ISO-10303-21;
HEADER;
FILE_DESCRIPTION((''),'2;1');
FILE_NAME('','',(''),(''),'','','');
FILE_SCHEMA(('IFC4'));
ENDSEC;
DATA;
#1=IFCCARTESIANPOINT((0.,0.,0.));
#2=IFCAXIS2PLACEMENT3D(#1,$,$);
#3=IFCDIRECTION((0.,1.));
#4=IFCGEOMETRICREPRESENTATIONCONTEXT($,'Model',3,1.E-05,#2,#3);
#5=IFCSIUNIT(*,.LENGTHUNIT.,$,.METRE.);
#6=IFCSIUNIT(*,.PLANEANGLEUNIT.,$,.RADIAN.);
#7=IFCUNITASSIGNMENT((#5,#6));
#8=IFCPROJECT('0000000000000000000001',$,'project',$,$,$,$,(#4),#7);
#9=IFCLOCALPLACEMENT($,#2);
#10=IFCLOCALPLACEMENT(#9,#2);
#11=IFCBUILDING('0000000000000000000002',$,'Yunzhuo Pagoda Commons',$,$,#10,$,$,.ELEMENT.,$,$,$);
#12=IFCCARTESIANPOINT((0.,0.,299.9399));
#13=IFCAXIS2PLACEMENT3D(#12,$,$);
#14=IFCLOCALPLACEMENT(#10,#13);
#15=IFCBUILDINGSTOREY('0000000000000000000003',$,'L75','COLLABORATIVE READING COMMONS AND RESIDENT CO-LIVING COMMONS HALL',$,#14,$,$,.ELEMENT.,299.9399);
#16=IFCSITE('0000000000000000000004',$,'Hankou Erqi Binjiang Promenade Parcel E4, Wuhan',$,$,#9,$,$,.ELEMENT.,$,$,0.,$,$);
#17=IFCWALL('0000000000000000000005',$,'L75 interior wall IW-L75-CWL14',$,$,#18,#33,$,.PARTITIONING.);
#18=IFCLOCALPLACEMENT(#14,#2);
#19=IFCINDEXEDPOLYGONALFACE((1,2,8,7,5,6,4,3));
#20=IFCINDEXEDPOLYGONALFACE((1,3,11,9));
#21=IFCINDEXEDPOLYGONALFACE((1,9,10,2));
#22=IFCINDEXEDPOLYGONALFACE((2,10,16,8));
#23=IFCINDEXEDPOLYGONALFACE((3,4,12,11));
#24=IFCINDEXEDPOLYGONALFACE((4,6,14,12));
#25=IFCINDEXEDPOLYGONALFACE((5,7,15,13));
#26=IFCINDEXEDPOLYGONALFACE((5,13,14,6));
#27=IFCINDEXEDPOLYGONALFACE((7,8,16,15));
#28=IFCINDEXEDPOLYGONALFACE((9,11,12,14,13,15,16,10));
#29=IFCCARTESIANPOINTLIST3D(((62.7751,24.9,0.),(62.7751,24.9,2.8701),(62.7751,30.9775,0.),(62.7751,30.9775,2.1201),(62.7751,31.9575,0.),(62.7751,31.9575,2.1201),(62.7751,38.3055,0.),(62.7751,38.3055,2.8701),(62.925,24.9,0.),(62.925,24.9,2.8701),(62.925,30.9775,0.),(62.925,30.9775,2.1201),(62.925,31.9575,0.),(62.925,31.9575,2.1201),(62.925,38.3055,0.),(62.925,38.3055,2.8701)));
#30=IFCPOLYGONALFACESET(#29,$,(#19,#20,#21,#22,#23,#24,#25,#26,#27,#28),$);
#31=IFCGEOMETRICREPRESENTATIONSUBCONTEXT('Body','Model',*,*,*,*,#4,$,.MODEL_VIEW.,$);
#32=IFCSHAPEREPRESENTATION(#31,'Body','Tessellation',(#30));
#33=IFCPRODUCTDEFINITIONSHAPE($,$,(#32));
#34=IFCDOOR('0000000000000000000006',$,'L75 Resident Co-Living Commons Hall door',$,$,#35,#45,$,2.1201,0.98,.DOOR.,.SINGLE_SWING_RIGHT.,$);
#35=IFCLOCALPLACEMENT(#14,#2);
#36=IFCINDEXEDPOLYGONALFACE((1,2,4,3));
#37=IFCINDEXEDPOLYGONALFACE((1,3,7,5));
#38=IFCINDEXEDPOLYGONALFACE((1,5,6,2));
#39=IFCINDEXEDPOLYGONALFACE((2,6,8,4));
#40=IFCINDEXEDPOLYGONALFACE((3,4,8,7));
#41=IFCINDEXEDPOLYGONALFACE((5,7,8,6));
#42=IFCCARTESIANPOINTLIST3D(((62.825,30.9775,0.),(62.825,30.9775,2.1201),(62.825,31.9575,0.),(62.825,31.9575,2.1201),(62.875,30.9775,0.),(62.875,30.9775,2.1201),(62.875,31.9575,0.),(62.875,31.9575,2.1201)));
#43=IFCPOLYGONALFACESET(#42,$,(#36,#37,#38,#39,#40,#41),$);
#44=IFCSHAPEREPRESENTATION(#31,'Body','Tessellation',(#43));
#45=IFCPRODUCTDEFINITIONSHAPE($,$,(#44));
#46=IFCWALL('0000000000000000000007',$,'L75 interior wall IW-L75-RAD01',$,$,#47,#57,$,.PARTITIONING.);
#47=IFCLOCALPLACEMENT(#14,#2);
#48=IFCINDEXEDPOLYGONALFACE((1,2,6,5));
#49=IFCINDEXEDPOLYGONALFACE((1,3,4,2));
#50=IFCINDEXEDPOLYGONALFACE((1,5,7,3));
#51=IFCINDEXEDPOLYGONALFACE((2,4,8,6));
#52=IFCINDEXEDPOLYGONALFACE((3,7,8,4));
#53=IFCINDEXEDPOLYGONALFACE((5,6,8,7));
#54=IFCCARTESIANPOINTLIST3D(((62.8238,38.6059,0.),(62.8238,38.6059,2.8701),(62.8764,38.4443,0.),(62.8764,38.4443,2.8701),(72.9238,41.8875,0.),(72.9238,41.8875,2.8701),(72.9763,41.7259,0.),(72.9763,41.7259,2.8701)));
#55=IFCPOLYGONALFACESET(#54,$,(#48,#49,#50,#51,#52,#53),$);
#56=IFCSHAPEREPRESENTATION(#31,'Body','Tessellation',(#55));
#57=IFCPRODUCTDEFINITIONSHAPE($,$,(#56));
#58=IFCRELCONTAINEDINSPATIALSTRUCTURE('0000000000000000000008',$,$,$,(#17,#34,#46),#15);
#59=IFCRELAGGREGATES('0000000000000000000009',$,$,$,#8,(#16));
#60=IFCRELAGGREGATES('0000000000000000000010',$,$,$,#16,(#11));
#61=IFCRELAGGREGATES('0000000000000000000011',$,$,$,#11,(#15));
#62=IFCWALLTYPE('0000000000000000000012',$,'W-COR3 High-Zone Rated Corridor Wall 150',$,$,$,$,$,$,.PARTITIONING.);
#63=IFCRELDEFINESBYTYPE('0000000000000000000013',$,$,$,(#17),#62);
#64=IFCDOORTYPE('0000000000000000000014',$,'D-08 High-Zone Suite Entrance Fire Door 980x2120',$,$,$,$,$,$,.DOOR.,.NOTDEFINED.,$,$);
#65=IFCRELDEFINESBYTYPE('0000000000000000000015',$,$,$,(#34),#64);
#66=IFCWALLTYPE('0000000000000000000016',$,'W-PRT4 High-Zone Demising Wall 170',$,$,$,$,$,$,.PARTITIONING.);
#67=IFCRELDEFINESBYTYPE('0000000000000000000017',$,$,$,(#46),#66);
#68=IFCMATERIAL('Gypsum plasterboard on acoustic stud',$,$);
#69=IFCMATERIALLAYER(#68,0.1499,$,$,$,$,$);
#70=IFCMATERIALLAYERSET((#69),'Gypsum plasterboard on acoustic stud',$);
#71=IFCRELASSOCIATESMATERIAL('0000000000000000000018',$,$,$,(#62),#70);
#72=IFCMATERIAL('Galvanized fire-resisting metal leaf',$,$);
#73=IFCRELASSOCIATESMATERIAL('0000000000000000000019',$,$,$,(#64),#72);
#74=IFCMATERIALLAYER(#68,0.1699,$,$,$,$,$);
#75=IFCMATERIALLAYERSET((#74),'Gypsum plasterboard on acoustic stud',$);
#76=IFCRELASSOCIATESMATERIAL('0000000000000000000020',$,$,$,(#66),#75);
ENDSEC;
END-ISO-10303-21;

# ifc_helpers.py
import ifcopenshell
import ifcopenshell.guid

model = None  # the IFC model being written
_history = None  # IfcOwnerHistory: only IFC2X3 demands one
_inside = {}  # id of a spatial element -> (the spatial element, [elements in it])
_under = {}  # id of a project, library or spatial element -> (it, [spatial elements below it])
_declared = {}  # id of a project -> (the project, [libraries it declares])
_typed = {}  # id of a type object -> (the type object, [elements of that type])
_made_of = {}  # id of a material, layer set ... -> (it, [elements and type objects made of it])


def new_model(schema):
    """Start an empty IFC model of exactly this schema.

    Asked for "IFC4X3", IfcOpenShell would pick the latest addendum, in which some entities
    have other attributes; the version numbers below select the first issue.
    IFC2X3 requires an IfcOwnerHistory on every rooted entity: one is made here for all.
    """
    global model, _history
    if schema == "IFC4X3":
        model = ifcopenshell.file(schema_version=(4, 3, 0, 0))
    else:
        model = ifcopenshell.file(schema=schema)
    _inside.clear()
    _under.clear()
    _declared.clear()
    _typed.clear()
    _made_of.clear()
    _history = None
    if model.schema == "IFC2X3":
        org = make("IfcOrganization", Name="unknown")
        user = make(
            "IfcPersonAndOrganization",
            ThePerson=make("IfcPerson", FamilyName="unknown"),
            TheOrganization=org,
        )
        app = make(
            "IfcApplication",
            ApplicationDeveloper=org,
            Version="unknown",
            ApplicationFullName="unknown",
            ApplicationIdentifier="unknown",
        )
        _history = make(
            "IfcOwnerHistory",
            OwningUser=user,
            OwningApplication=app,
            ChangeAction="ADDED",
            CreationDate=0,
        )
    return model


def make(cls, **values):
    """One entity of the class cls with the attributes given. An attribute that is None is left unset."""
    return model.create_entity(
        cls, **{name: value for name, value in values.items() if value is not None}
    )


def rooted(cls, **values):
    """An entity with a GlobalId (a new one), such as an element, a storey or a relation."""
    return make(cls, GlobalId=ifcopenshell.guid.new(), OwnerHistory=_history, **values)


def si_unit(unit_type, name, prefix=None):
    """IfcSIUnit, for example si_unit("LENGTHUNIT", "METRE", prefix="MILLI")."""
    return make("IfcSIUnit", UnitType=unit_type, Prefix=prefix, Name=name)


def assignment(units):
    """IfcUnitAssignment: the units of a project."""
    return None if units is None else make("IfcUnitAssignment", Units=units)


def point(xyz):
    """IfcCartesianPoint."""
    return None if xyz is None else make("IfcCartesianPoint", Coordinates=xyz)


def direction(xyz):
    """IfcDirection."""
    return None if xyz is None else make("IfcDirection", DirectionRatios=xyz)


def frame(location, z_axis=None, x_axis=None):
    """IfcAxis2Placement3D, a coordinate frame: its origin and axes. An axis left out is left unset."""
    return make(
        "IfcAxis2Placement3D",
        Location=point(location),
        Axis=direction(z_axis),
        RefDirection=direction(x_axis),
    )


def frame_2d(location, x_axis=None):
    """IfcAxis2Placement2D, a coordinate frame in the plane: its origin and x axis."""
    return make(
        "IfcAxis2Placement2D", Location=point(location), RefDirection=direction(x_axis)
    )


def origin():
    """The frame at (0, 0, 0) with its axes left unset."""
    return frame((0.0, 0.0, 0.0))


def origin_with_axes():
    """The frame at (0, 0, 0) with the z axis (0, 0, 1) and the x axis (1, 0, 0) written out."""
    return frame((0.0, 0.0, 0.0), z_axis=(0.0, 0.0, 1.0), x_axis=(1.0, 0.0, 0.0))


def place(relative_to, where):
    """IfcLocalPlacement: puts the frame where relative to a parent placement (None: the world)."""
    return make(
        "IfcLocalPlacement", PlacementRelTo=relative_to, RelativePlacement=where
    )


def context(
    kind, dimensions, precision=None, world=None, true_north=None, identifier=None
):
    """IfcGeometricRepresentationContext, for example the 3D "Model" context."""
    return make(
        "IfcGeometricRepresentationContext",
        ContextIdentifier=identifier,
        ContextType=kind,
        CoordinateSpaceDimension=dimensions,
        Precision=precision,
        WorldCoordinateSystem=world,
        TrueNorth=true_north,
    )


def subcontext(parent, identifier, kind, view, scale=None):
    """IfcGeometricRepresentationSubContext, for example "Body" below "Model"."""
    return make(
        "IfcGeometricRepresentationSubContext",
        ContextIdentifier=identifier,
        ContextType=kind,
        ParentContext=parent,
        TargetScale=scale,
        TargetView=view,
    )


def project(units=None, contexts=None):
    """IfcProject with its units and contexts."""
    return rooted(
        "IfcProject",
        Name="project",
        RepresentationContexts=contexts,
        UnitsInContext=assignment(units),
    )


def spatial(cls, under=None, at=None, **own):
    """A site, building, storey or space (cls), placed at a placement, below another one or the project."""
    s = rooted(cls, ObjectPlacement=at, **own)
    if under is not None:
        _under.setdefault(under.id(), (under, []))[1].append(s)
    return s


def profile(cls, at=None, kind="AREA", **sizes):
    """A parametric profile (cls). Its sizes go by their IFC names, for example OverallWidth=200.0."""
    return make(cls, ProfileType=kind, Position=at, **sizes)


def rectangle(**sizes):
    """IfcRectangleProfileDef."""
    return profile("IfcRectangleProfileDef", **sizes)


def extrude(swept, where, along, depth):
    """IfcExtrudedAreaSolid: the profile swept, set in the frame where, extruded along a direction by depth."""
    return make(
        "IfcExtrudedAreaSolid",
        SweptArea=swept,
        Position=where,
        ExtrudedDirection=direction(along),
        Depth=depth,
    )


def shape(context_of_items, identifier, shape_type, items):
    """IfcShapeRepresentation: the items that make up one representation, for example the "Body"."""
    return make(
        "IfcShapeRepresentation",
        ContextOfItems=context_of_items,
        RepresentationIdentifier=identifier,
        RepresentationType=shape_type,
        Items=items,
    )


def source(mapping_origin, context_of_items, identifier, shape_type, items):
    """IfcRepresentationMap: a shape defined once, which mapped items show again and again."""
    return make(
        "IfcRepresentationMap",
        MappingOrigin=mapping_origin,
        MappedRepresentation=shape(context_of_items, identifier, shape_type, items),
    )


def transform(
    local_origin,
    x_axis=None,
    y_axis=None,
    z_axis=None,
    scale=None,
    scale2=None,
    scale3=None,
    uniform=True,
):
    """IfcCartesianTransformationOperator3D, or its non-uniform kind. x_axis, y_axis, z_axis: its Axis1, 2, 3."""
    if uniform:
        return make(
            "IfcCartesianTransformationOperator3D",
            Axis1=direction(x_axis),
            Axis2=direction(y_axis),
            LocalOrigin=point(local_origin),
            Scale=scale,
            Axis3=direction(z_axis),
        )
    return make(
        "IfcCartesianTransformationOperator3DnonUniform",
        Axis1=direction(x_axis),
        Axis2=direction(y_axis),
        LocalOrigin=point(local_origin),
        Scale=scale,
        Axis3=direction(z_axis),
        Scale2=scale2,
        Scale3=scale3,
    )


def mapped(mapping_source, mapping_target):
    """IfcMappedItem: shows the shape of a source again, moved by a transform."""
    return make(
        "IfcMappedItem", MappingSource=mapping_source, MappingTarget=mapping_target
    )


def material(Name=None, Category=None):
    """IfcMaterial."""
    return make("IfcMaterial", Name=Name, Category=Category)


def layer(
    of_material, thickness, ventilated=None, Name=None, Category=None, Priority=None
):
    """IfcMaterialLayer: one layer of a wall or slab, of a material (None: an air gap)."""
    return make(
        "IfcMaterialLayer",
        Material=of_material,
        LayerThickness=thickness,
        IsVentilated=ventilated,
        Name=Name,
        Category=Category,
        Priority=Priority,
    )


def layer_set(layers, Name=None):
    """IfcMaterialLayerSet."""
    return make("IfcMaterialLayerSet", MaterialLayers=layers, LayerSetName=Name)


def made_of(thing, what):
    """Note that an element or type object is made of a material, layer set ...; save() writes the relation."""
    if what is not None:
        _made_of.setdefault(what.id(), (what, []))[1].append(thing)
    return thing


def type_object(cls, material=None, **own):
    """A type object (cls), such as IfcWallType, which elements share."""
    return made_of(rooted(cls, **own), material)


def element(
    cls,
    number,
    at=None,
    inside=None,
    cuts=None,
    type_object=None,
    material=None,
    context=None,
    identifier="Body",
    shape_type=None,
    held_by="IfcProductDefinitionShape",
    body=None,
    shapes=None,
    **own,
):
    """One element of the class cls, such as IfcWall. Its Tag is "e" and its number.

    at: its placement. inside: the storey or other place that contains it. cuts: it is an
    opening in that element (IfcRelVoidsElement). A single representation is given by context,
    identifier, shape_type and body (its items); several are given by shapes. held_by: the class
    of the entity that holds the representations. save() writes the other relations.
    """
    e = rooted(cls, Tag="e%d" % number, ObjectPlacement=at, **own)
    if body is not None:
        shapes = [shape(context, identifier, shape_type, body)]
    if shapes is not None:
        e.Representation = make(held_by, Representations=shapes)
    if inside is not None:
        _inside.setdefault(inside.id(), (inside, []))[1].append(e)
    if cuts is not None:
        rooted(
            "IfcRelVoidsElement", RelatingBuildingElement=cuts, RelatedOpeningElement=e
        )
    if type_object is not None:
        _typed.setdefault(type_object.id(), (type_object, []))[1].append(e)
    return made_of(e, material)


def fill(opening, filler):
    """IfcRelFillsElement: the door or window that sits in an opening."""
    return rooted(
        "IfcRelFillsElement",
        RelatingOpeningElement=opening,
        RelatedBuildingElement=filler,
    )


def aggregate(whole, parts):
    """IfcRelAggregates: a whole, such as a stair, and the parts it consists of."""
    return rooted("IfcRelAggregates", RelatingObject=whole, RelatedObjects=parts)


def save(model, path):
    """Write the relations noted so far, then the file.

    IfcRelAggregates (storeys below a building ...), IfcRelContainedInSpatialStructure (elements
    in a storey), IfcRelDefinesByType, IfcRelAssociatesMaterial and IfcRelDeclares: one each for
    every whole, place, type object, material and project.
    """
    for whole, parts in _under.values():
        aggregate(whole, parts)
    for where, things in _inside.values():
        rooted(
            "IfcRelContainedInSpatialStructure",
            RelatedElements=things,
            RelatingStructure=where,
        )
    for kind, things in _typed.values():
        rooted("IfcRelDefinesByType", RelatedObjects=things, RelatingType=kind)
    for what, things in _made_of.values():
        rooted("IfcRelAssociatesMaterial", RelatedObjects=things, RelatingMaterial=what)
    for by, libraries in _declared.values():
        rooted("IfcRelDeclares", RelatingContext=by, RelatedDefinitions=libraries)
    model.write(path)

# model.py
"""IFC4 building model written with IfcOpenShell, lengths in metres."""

from ifc_helpers import new_model, si_unit, direction, frame, frame_2d, origin, origin_with_axes, place, context, subcontext, project, spatial, rectangle, extrude, source, transform, mapped, material, layer, layer_set, type_object, element, fill, save


model = new_model("IFC4")

# Units and contexts
model_context = context("Model", 3, precision=1e-05, world=origin(), true_north=direction((0.0, 1.0)))
body_context = subcontext(model_context, "Body", "Model", "MODEL_VIEW")
ifc_project = project(units=[si_unit("LENGTHUNIT", "METRE"), si_unit("PLANEANGLEUNIT", "RADIAN")], contexts=[model_context])

# Site, building, storey
site_placement = place(None, origin())
site = spatial("IfcSite", under=ifc_project, at=site_placement, Name="Hankou Erqi Binjiang Promenade Parcel E4, Wuhan", CompositionType="ELEMENT", RefElevation=0.0)
building_placement = place(site_placement, origin())
building = spatial("IfcBuilding", under=site, at=building_placement, Name="Yunzhuo Pagoda Commons", CompositionType="ELEMENT")
storey_placement = place(building_placement, frame((0.0, 0.0, 299.9399)))
storey = spatial("IfcBuildingStorey", under=building, at=storey_placement, Name="L75", Description="COLLABORATIVE READING COMMONS AND RESIDENT CO-LIVING COMMONS HALL", CompositionType="ELEMENT", Elevation=299.9399)

# Shared definitions
ifc_material_1 = material(Name="Gypsum plasterboard on acoustic stud")
ifc_layer_1 = layer(ifc_material_1, 0.1499)
ifc_layer_set_1 = layer_set([ifc_layer_1], Name="Gypsum plasterboard on acoustic stud")
wall_type_1 = type_object("IfcWallType", Name="W-COR3 High-Zone Rated Corridor Wall 150", PredefinedType="PARTITIONING", material=ifc_layer_set_1)

# Wall, opening, door
wall_1_placement = place(storey_placement, frame((62.8501, 38.3054, 0.0), z_axis=(0.0, 0.0, 1.0), x_axis=(0.0, -1.0, 0.0)))
wall_1 = element("IfcWall", 1, at=wall_1_placement, inside=storey, type_object=wall_type_1, Name="L75 interior wall IW-L75-CWL14", PredefinedType="PARTITIONING", context=body_context, shape_type="SweptSolid", body=[
    extrude(rectangle(XDim=13.4055, YDim=0.1499, at=frame_2d((6.7026, 0.0))), origin(), (0.0, 0.0, 1.0), 2.8701),
])
opening_placement = place(wall_1_placement, frame((6.3479, 0.0, 0.0)))
opening = element("IfcOpeningElement", 2, at=opening_placement, cuts=wall_1, PredefinedType="OPENING", context=body_context, shape_type="SweptSolid", body=[
    extrude(rectangle(XDim=0.98, YDim=2.1201, at=frame_2d((0.49, 1.0601))), frame((0.0, 0.085, 0.0), z_axis=(0.0, -1.0, 0.0), x_axis=(1.0, 0.0, 0.0)), (0.0, 0.0, 1.0), 0.1699),
])
ifc_material_2 = material(Name="Galvanized fire-resisting metal leaf")
door_type = type_object("IfcDoorType", Name="D-08 High-Zone Suite Entrance Fire Door 980x2120", OperationType="NOTDEFINED", PredefinedType="DOOR", material=ifc_material_2)
shared_shape_1 = source(origin(), body_context, "Body", "SweptSolid", [
    extrude(rectangle(XDim=0.98, YDim=2.1201, at=frame_2d((0.49, 1.0601))), frame((0.0, 0.0249, 0.0), z_axis=(0.0, -1.0, 0.0), x_axis=(1.0, 0.0, 0.0)), (0.0, 0.0, 1.0), 0.05),
])
door_placement = place(opening_placement, origin_with_axes())
door = element("IfcDoor", 3, at=door_placement, inside=storey, type_object=door_type, Name="L75 Resident Co-Living Commons Hall door", OperationType="SINGLE_SWING_RIGHT", OverallHeight=2.1201, OverallWidth=0.98, PredefinedType="DOOR", context=body_context, shape_type="MappedRepresentation", body=[
    mapped(shared_shape_1, transform((0.0, 0.0, 0.0), scale=1.0)),
])
fill(opening, door)

# Wall
ifc_layer_2 = layer(ifc_material_1, 0.1699)
ifc_layer_set_2 = layer_set([ifc_layer_2], Name="Gypsum plasterboard on acoustic stud")
wall_type_2 = type_object("IfcWallType", Name="W-PRT4 High-Zone Demising Wall 170", PredefinedType="PARTITIONING", material=ifc_layer_set_2)
wall_2_placement = place(storey_placement, frame((62.8501, 38.5251, 0.0), z_axis=(0.0, 0.0, 1.0), x_axis=(0.951061, 0.309004, 0.0)))
element("IfcWall", 4, at=wall_2_placement, inside=storey, type_object=wall_type_2, Name="L75 interior wall IW-L75-RAD01", PredefinedType="PARTITIONING", context=body_context, shape_type="SweptSolid", body=[
    extrude(rectangle(XDim=10.6196, YDim=0.1699, at=frame_2d((5.3098, 0.0))), origin(), (0.0, 0.0, 1.0), 2.8701),
])

save(model, "model.ifc")
